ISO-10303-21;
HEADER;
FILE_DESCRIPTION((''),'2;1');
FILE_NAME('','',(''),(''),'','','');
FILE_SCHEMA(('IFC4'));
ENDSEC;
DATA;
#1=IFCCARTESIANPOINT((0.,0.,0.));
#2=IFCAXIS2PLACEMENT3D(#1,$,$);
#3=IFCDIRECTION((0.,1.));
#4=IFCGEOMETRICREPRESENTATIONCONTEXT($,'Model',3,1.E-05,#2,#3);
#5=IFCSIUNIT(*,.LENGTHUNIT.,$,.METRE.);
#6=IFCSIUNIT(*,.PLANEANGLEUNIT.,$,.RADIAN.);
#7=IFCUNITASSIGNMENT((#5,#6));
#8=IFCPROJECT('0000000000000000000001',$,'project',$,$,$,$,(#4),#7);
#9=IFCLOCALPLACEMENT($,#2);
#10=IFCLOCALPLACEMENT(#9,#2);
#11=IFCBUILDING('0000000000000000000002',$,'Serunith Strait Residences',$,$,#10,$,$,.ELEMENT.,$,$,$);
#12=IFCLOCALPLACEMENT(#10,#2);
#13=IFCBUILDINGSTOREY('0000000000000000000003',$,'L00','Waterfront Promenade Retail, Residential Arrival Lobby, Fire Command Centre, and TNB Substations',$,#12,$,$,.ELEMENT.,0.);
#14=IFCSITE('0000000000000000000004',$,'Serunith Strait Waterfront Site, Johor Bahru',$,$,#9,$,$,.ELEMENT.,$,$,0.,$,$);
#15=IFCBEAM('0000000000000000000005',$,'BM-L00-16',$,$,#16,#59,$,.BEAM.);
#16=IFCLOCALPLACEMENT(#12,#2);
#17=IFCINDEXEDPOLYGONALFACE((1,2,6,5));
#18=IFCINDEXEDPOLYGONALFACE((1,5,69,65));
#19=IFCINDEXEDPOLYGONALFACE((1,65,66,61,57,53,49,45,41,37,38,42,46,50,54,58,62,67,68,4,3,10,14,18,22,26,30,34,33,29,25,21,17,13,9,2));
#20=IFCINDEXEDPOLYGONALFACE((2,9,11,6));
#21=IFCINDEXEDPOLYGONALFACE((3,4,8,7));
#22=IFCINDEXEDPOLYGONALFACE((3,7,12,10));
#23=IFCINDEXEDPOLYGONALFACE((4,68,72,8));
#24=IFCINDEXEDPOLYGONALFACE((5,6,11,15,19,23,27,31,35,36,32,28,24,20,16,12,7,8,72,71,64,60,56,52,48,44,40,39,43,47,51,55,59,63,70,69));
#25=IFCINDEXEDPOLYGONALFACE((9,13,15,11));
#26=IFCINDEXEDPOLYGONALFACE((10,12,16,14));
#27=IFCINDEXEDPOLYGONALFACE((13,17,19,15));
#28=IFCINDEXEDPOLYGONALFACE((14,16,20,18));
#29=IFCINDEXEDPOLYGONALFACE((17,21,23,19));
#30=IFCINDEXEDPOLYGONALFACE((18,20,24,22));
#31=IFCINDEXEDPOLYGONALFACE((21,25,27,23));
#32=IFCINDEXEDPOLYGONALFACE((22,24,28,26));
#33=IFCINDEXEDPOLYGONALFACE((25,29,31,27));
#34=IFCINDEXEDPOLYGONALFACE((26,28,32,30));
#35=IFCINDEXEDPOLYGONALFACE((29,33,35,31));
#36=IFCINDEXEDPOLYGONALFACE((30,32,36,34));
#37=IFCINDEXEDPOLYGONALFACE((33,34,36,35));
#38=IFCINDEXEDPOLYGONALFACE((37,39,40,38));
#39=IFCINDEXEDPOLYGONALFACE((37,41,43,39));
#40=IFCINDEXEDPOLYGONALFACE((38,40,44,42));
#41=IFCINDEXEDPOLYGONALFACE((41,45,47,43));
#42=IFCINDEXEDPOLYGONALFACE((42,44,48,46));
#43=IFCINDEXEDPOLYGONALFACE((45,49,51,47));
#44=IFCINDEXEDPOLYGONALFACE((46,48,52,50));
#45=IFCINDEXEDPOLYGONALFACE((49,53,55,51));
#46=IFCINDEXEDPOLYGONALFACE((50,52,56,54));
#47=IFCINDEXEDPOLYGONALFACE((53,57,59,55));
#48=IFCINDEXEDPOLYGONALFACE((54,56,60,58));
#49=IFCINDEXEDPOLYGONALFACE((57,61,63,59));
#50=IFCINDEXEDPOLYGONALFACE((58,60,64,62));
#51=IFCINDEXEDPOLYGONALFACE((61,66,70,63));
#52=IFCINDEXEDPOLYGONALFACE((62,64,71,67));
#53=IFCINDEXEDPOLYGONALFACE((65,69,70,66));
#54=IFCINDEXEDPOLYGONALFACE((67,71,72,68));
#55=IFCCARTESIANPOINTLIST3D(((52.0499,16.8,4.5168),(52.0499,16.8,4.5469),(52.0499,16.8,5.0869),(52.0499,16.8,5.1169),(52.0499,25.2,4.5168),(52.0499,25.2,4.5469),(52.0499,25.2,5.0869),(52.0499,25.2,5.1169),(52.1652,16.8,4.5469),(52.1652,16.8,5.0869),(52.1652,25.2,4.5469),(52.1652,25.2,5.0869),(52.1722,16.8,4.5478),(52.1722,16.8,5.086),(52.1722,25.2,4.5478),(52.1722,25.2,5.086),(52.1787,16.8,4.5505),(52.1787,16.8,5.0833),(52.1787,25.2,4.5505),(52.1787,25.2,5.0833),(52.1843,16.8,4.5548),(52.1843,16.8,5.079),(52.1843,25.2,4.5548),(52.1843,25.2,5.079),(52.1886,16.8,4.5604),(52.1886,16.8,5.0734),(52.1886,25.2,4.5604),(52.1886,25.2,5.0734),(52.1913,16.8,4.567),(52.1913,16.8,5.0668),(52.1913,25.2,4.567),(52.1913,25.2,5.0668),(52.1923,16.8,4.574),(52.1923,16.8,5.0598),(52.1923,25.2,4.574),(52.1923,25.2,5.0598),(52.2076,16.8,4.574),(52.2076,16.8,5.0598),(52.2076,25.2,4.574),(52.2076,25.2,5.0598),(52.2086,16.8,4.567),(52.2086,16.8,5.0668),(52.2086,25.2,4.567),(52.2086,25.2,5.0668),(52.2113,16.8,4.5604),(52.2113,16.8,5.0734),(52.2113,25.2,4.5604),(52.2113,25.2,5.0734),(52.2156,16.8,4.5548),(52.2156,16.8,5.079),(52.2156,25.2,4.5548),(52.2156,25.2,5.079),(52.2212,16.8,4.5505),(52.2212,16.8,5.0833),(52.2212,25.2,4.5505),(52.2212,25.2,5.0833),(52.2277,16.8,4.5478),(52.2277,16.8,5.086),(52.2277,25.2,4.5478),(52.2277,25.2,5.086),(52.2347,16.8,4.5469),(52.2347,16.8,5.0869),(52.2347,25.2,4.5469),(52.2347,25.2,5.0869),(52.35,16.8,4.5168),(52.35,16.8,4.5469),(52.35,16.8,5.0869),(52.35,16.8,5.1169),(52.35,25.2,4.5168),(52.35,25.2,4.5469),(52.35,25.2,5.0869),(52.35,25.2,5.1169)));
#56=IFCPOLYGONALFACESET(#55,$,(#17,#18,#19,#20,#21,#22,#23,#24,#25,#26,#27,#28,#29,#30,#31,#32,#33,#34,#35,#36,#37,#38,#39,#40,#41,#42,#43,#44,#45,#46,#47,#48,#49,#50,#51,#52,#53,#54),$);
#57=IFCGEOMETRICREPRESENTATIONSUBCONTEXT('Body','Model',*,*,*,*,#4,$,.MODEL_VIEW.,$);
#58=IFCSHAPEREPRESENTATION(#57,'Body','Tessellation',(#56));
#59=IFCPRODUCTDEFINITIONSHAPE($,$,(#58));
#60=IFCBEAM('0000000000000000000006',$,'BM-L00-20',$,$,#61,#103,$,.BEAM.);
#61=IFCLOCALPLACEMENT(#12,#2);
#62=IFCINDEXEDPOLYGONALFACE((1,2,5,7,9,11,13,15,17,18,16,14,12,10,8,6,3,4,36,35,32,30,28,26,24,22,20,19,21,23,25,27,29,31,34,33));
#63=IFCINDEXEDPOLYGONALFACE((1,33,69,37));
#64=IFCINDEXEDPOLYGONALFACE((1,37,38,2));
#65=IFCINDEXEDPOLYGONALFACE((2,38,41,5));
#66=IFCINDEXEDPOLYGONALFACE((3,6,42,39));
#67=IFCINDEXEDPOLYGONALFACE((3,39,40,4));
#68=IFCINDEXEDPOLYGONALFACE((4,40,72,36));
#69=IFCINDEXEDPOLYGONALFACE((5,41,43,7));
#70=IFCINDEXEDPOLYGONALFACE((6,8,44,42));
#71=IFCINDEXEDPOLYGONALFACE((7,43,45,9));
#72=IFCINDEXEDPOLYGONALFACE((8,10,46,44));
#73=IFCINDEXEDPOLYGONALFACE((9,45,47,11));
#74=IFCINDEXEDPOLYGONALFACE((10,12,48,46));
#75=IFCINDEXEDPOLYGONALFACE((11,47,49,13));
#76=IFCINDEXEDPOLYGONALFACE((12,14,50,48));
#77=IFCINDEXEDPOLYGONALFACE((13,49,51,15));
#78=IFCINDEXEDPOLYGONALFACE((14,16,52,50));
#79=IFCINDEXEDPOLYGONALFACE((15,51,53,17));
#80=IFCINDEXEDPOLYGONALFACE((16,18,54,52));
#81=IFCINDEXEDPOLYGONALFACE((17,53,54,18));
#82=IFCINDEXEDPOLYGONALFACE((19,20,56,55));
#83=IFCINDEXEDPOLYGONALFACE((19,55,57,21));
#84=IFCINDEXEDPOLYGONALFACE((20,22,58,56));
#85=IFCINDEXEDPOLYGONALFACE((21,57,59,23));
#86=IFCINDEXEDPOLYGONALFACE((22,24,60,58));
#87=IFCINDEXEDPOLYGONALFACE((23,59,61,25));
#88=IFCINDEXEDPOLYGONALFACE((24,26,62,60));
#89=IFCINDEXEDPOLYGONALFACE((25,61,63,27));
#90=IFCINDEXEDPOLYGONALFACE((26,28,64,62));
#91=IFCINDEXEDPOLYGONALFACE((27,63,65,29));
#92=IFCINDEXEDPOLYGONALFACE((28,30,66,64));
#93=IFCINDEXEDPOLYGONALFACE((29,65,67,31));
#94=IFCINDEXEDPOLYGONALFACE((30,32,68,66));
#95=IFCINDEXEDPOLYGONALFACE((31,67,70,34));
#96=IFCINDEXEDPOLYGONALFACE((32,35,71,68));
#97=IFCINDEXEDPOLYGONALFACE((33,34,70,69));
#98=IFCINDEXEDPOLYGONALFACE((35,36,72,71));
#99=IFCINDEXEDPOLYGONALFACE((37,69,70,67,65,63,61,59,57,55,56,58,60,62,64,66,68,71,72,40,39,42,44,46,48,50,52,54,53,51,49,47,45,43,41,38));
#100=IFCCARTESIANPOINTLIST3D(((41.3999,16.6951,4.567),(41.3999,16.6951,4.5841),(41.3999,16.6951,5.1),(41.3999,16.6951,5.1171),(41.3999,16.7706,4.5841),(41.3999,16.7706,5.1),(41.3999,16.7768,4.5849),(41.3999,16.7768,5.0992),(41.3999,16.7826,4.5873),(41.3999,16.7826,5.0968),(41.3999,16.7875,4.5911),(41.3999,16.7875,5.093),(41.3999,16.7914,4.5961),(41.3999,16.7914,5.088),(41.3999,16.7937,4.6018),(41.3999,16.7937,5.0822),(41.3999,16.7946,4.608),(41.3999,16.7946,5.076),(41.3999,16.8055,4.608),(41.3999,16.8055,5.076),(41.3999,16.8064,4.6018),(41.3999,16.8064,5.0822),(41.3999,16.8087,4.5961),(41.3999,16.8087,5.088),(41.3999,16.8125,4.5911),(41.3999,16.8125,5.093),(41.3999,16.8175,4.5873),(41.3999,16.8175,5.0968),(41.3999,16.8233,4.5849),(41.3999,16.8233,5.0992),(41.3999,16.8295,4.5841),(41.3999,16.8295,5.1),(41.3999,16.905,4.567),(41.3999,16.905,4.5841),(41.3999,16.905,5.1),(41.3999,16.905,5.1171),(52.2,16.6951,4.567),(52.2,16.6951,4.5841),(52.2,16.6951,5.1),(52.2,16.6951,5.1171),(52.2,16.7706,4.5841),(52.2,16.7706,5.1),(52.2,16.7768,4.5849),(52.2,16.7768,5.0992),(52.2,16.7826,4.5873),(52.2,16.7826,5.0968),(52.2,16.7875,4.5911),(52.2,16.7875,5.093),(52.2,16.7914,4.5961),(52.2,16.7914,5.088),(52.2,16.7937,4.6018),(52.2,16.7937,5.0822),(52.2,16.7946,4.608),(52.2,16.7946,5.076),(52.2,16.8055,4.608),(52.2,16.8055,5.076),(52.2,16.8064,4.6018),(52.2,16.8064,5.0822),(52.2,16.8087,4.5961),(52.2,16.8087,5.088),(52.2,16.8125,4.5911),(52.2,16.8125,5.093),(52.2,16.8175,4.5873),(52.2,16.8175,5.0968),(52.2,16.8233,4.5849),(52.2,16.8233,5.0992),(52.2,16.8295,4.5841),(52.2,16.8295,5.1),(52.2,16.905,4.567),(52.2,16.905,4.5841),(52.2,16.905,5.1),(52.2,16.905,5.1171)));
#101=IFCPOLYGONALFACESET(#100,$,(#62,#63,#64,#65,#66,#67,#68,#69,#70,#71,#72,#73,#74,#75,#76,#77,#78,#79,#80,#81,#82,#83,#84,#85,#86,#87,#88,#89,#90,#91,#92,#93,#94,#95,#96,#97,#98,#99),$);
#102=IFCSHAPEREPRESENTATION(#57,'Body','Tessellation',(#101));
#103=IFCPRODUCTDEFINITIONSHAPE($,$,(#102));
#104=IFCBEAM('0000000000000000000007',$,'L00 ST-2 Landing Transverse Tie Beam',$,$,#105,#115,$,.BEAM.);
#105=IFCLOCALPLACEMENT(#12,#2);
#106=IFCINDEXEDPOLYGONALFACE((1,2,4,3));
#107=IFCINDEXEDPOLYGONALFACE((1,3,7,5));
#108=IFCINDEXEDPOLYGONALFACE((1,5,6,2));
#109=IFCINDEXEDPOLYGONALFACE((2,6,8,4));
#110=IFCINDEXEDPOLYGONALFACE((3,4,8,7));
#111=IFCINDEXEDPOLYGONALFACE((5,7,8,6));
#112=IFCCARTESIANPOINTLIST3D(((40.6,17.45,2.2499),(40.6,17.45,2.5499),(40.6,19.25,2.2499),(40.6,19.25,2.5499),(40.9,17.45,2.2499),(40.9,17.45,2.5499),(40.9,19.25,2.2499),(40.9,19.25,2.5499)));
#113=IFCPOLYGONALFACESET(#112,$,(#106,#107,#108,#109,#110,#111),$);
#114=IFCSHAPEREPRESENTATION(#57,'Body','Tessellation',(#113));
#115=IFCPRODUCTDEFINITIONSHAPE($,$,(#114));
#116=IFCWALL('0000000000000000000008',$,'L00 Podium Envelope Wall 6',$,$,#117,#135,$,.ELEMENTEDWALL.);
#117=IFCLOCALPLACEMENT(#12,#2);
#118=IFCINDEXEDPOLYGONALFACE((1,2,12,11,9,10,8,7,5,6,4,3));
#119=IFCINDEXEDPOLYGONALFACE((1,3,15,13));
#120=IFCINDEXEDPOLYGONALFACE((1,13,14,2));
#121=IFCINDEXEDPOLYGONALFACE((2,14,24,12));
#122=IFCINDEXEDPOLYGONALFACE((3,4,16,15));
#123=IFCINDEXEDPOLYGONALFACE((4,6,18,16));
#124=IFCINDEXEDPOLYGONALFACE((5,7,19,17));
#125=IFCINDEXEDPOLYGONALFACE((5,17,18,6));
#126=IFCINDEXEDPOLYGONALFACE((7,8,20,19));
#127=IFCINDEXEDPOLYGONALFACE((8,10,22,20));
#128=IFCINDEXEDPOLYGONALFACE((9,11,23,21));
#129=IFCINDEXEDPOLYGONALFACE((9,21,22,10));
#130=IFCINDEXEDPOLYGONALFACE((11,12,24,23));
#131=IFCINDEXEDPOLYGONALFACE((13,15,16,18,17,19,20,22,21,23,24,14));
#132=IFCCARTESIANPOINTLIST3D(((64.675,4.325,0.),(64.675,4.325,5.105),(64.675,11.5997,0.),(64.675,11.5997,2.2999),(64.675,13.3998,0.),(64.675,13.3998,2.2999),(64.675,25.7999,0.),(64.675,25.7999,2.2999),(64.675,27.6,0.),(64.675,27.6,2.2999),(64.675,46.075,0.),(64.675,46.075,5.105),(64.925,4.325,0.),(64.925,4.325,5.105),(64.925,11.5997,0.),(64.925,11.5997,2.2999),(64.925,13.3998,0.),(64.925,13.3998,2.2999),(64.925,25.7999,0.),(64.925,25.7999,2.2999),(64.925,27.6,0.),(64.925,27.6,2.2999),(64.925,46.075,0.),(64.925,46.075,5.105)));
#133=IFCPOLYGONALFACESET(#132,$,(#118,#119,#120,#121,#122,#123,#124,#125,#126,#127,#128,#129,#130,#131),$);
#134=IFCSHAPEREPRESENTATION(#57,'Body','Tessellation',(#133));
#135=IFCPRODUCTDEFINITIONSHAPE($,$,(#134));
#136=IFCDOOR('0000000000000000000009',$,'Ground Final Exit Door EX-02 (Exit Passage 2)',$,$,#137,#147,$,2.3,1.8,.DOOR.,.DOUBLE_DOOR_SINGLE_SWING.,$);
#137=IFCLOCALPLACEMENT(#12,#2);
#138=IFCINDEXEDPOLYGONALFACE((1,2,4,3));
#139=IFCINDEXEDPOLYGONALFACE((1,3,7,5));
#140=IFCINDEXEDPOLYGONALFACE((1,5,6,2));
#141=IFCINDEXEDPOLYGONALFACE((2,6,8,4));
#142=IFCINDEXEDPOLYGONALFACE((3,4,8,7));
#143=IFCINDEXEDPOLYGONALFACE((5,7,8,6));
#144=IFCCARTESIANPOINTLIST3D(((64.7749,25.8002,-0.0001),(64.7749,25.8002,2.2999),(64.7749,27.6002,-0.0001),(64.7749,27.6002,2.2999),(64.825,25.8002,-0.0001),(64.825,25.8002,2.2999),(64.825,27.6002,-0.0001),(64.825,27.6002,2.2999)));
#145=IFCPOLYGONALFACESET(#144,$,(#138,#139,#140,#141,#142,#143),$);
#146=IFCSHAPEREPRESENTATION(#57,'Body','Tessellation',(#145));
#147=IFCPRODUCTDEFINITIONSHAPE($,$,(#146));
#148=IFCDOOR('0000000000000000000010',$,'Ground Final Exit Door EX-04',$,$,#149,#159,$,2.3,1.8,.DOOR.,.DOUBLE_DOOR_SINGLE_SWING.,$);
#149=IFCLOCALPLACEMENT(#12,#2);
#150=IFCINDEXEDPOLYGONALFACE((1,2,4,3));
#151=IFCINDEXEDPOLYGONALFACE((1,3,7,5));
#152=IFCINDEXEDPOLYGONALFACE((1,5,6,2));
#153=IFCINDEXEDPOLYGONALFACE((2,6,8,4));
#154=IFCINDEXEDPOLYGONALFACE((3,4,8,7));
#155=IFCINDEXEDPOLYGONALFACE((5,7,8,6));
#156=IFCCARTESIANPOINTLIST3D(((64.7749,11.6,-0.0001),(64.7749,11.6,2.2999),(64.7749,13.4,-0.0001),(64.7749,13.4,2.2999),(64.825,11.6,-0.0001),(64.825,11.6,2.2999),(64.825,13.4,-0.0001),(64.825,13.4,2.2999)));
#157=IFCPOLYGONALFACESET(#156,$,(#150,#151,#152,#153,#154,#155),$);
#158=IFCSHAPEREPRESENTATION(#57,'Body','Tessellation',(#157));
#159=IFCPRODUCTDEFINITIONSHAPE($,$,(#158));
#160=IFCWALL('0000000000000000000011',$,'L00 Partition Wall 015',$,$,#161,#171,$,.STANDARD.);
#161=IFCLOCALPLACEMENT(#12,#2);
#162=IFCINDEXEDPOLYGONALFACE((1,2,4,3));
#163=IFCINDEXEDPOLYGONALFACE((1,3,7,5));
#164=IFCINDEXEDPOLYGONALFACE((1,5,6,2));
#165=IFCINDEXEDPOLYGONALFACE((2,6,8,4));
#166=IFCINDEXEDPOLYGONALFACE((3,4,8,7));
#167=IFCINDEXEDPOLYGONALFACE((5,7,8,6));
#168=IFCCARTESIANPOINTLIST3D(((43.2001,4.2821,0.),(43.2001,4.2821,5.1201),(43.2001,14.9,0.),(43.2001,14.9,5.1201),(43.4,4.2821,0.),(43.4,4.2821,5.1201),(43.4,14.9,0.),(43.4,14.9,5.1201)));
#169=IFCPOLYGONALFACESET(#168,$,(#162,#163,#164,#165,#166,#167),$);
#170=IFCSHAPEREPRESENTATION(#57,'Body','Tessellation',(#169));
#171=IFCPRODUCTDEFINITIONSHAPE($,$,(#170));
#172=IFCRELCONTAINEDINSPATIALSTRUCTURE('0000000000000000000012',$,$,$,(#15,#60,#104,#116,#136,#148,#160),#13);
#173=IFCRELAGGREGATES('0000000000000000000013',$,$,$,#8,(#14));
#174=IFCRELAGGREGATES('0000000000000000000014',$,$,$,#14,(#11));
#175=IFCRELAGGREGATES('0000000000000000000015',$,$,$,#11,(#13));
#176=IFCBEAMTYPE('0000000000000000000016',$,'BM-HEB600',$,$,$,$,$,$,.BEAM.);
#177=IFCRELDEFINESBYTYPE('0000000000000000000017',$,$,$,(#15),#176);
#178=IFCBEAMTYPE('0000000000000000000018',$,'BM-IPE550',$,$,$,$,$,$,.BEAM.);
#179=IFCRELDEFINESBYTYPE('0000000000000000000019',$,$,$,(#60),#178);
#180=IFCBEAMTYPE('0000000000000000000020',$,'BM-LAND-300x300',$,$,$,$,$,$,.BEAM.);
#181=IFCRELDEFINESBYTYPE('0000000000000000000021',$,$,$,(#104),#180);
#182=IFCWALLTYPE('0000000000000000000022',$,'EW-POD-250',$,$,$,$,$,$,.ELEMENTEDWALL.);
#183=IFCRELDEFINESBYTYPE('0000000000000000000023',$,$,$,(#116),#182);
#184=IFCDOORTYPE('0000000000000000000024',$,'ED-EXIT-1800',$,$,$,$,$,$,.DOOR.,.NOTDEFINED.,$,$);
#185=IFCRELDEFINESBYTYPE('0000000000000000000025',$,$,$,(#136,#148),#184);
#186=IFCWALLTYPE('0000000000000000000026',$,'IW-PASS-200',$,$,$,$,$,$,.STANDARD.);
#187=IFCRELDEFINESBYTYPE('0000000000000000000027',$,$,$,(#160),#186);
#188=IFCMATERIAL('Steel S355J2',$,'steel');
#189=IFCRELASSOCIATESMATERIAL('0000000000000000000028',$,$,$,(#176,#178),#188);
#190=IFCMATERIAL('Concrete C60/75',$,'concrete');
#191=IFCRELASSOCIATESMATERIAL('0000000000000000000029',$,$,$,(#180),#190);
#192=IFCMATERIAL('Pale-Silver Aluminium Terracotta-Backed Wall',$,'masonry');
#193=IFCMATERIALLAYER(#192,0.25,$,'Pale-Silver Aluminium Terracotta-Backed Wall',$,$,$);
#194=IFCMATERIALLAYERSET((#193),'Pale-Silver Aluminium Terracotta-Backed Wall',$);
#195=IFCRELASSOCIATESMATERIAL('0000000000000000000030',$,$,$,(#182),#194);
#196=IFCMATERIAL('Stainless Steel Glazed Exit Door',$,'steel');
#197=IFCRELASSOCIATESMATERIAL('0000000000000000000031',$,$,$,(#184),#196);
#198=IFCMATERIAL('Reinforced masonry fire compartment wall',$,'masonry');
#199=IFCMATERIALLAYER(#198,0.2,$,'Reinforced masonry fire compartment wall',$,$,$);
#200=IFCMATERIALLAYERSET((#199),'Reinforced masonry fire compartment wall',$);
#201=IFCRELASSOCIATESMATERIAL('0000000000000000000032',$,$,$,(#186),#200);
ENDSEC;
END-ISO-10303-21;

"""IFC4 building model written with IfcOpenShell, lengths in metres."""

from ifc_helpers import new_model, si_unit, direction, frame, frame_2d, origin, origin_2d, place, context, subcontext, project, spatial, rectangle, i_section, extrude, source, transform, mapped, material, layer, layer_set, material_profile, profile_set, type_object, element, fill, save


model = new_model("IFC4")

# Units and contexts
model_context = context("Model", 3, precision=1e-05, world=origin(), true_north=direction((0.0, 1.0)))
body_context = subcontext(model_context, "Body", "Model", "MODEL_VIEW")
ifc_project = project(units=[si_unit("LENGTHUNIT", "METRE"), si_unit("PLANEANGLEUNIT", "RADIAN")], contexts=[model_context])

# Site, building, storey
site_placement = place(None, origin())
site = spatial("IfcSite", under=ifc_project, at=site_placement, Name="Serunith Strait Waterfront Site, Johor Bahru", CompositionType="ELEMENT", RefElevation=0.0)
building_placement = place(site_placement, origin())
building = spatial("IfcBuilding", under=site, at=building_placement, Name="Serunith Strait Residences", CompositionType="ELEMENT")
storey_placement = place(building_placement, origin())
storey = spatial("IfcBuildingStorey", under=building, at=storey_placement, Name="L00", Description="Waterfront Promenade Retail, Residential Arrival Lobby, Fire Command Centre, and TNB Substations", CompositionType="ELEMENT", Elevation=0.0)

# Beams
ifc_material_1 = material(Name="Steel S355J2", Category="steel")
ifc_material_profile_1 = material_profile(ifc_material_1, i_section(OverallWidth=0.3, OverallDepth=0.6001, WebThickness=0.0154, FlangeThickness=0.03, FilletRadius=0.0271, at=origin_2d()), Name="HEB 600")
ifc_profile_set_1 = profile_set([ifc_material_profile_1], Name="Steel S355J2")
beam_type_1 = type_object("IfcBeamType", Name="BM-HEB600", PredefinedType="BEAM", material=ifc_profile_set_1)
shared_shape_1 = source(origin(), body_context, "Body", "SweptSolid", [
    extrude(i_section(OverallWidth=0.3, OverallDepth=0.6001, WebThickness=0.0154, FlangeThickness=0.03, FilletRadius=0.0271, at=origin_2d()), origin(), (0.0, 0.0, 1.0), 8.3999),
])
beam_1_placement = place(storey_placement, frame((52.2, 16.8, 4.8169), z_axis=(0.0, 1.0, 0.0), x_axis=(-1.0, 0.0, 0.0)))
element("IfcBeam", 1, at=beam_1_placement, inside=storey, type_object=beam_type_1, Name="BM-L00-16", PredefinedType="BEAM", context=body_context, shape_type="MappedRepresentation", body=[
    mapped(shared_shape_1, transform((0.0, 0.0, 0.0), scale=1.0)),
])
ifc_material_profile_2 = material_profile(ifc_material_1, i_section(OverallWidth=0.21, OverallDepth=0.55, WebThickness=0.011, FlangeThickness=0.0171, FilletRadius=0.0239, at=origin_2d()), Name="IPE 550")
ifc_profile_set_2 = profile_set([ifc_material_profile_2], Name="Steel S355J2")
beam_type_2 = type_object("IfcBeamType", Name="BM-IPE550", PredefinedType="BEAM", material=ifc_profile_set_2)
shared_shape_2 = source(origin(), body_context, "Body", "SweptSolid", [
    extrude(i_section(OverallWidth=0.21, OverallDepth=0.55, WebThickness=0.011, FlangeThickness=0.0171, FilletRadius=0.0239, at=origin_2d()), origin(), (0.0, 0.0, 1.0), 10.8),
])
beam_2_placement = place(storey_placement, frame((41.3999, 16.8, 4.842), z_axis=(1.0, 0.0, 0.0), x_axis=(0.0, 1.0, 0.0)))
element("IfcBeam", 2, at=beam_2_placement, inside=storey, type_object=beam_type_2, Name="BM-L00-20", PredefinedType="BEAM", context=body_context, shape_type="MappedRepresentation", body=[
    mapped(shared_shape_2, transform((0.0, 0.0, 0.0), scale=1.0)),
])
ifc_material_2 = material(Name="Concrete C60/75", Category="concrete")
ifc_material_profile_3 = material_profile(ifc_material_2, rectangle(XDim=0.3, YDim=0.3, at=origin_2d()), Name="RC 300x300")
ifc_profile_set_3 = profile_set([ifc_material_profile_3], Name="Concrete C60/75")
beam_type_3 = type_object("IfcBeamType", Name="BM-LAND-300x300", PredefinedType="BEAM", material=ifc_profile_set_3)
shared_shape_3 = source(origin(), body_context, "Body", "SweptSolid", [
    extrude(rectangle(XDim=0.3, YDim=0.3, at=origin_2d()), origin(), (0.0, 0.0, 1.0), 1.8),
])
beam_3_placement = place(storey_placement, frame((40.75, 17.45, 2.3999), z_axis=(0.0, 1.0, 0.0), x_axis=(-1.0, 0.0, 0.0)))
element("IfcBeam", 3, at=beam_3_placement, inside=storey, type_object=beam_type_3, Name="L00 ST-2 Landing Transverse Tie Beam", PredefinedType="BEAM", context=body_context, shape_type="MappedRepresentation", body=[
    mapped(shared_shape_3, transform((0.0, 0.0, 0.0), scale=1.0)),
])

# Wall, openings, doors
ifc_material_3 = material(Name="Pale-Silver Aluminium Terracotta-Backed Wall", Category="masonry")
ifc_layer_1 = layer(ifc_material_3, 0.25, Name="Pale-Silver Aluminium Terracotta-Backed Wall")
ifc_layer_set_1 = layer_set([ifc_layer_1], Name="Pale-Silver Aluminium Terracotta-Backed Wall")
wall_type_1 = type_object("IfcWallType", Name="EW-POD-250", PredefinedType="ELEMENTEDWALL", material=ifc_layer_set_1)
wall_1_placement = place(storey_placement, frame((64.8, 4.325, 0.0), z_axis=(0.0, 0.0, 1.0), x_axis=(0.0, 1.0, 0.0)))
wall_1 = element("IfcWall", 4, at=wall_1_placement, inside=storey, type_object=wall_type_1, Name="L00 Podium Envelope Wall 6", PredefinedType="ELEMENTEDWALL", context=body_context, shape_type="SweptSolid", body=[
    extrude(rectangle(XDim=41.75, YDim=0.25, at=frame_2d((20.875, 0.0))), origin(), (0.0, 0.0, 1.0), 5.105),
])
opening_1_placement = place(wall_1_placement, frame((21.4751, 0.0, 0.0)))
opening_1 = element("IfcOpeningElement", 5, at=opening_1_placement, cuts=wall_1, PredefinedType="OPENING", context=body_context, shape_type="SweptSolid", body=[
    extrude(rectangle(XDim=1.8, YDim=2.3, at=frame_2d((0.8999, 1.1499))), frame((0.0, 0.135, 0.0), z_axis=(0.0, -1.0, 0.0), x_axis=(1.0, 0.0, 0.0)), (0.0, 0.0, 1.0), 0.27),
])
opening_2_placement = place(wall_1_placement, frame((7.2749, 0.0, 0.0)))
opening_2 = element("IfcOpeningElement", 6, at=opening_2_placement, cuts=wall_1, PredefinedType="OPENING", context=body_context, shape_type="SweptSolid", body=[
    extrude(rectangle(XDim=1.8, YDim=2.3, at=frame_2d((0.8999, 1.1499))), frame((0.0, 0.135, 0.0), z_axis=(0.0, -1.0, 0.0), x_axis=(1.0, 0.0, 0.0)), (0.0, 0.0, 1.0), 0.27),
])
ifc_material_4 = material(Name="Stainless Steel Glazed Exit Door", Category="steel")
door_type_1 = type_object("IfcDoorType", Name="ED-EXIT-1800", OperationType="NOTDEFINED", PredefinedType="DOOR", material=ifc_material_4)
shared_shape_4 = source(origin(), body_context, "Body", "SweptSolid", [
    extrude(rectangle(XDim=1.8, YDim=2.3, at=frame_2d((0.8999, 1.1499))), frame((0.0, 0.0249, 0.0), z_axis=(0.0, -1.0, 0.0), x_axis=(1.0, 0.0, 0.0)), (0.0, 0.0, 1.0), 0.05),
])
door_1_placement = place(opening_1_placement, frame((1.8, 0.0, 0.0), z_axis=(0.0, 0.0, 1.0), x_axis=(-1.0, 0.0, 0.0)))
door_1 = element("IfcDoor", 7, at=door_1_placement, inside=storey, type_object=door_type_1, Name="Ground Final Exit Door EX-02 (Exit Passage 2)", OperationType="DOUBLE_DOOR_SINGLE_SWING", OverallHeight=2.3, OverallWidth=1.8, PredefinedType="DOOR", context=body_context, shape_type="MappedRepresentation", body=[
    mapped(shared_shape_4, transform((0.0, 0.0, 0.0), scale=1.0)),
])
fill(opening_1, door_1)
door_2_placement = place(opening_2_placement, frame((1.8, 0.0, 0.0), z_axis=(0.0, 0.0, 1.0), x_axis=(-1.0, 0.0, 0.0)))
door_2 = element("IfcDoor", 8, at=door_2_placement, inside=storey, type_object=door_type_1, Name="Ground Final Exit Door EX-04", OperationType="DOUBLE_DOOR_SINGLE_SWING", OverallHeight=2.3, OverallWidth=1.8, PredefinedType="DOOR", context=body_context, shape_type="MappedRepresentation", body=[
    mapped(shared_shape_4, transform((0.0, 0.0, 0.0), scale=1.0)),
])
fill(opening_2, door_2)

# Wall
ifc_material_5 = material(Name="Reinforced masonry fire compartment wall", Category="masonry")
ifc_layer_2 = layer(ifc_material_5, 0.2, Name="Reinforced masonry fire compartment wall")
ifc_layer_set_2 = layer_set([ifc_layer_2], Name="Reinforced masonry fire compartment wall")
wall_type_2 = type_object("IfcWallType", Name="IW-PASS-200", PredefinedType="STANDARD", material=ifc_layer_set_2)
wall_2_placement = place(storey_placement, frame((43.3, 4.282, 0.0), z_axis=(0.0, 0.0, 1.0), x_axis=(0.0, 1.0, 0.0)))
element("IfcWall", 9, at=wall_2_placement, inside=storey, type_object=wall_type_2, Name="L00 Partition Wall 015", PredefinedType="STANDARD", context=body_context, shape_type="SweptSolid", body=[
    extrude(rectangle(XDim=10.6179, YDim=0.2, at=frame_2d((5.3091, 0.0))), origin(), (0.0, 0.0, 1.0), 5.1201),
])

save(model, "model.ifc")
